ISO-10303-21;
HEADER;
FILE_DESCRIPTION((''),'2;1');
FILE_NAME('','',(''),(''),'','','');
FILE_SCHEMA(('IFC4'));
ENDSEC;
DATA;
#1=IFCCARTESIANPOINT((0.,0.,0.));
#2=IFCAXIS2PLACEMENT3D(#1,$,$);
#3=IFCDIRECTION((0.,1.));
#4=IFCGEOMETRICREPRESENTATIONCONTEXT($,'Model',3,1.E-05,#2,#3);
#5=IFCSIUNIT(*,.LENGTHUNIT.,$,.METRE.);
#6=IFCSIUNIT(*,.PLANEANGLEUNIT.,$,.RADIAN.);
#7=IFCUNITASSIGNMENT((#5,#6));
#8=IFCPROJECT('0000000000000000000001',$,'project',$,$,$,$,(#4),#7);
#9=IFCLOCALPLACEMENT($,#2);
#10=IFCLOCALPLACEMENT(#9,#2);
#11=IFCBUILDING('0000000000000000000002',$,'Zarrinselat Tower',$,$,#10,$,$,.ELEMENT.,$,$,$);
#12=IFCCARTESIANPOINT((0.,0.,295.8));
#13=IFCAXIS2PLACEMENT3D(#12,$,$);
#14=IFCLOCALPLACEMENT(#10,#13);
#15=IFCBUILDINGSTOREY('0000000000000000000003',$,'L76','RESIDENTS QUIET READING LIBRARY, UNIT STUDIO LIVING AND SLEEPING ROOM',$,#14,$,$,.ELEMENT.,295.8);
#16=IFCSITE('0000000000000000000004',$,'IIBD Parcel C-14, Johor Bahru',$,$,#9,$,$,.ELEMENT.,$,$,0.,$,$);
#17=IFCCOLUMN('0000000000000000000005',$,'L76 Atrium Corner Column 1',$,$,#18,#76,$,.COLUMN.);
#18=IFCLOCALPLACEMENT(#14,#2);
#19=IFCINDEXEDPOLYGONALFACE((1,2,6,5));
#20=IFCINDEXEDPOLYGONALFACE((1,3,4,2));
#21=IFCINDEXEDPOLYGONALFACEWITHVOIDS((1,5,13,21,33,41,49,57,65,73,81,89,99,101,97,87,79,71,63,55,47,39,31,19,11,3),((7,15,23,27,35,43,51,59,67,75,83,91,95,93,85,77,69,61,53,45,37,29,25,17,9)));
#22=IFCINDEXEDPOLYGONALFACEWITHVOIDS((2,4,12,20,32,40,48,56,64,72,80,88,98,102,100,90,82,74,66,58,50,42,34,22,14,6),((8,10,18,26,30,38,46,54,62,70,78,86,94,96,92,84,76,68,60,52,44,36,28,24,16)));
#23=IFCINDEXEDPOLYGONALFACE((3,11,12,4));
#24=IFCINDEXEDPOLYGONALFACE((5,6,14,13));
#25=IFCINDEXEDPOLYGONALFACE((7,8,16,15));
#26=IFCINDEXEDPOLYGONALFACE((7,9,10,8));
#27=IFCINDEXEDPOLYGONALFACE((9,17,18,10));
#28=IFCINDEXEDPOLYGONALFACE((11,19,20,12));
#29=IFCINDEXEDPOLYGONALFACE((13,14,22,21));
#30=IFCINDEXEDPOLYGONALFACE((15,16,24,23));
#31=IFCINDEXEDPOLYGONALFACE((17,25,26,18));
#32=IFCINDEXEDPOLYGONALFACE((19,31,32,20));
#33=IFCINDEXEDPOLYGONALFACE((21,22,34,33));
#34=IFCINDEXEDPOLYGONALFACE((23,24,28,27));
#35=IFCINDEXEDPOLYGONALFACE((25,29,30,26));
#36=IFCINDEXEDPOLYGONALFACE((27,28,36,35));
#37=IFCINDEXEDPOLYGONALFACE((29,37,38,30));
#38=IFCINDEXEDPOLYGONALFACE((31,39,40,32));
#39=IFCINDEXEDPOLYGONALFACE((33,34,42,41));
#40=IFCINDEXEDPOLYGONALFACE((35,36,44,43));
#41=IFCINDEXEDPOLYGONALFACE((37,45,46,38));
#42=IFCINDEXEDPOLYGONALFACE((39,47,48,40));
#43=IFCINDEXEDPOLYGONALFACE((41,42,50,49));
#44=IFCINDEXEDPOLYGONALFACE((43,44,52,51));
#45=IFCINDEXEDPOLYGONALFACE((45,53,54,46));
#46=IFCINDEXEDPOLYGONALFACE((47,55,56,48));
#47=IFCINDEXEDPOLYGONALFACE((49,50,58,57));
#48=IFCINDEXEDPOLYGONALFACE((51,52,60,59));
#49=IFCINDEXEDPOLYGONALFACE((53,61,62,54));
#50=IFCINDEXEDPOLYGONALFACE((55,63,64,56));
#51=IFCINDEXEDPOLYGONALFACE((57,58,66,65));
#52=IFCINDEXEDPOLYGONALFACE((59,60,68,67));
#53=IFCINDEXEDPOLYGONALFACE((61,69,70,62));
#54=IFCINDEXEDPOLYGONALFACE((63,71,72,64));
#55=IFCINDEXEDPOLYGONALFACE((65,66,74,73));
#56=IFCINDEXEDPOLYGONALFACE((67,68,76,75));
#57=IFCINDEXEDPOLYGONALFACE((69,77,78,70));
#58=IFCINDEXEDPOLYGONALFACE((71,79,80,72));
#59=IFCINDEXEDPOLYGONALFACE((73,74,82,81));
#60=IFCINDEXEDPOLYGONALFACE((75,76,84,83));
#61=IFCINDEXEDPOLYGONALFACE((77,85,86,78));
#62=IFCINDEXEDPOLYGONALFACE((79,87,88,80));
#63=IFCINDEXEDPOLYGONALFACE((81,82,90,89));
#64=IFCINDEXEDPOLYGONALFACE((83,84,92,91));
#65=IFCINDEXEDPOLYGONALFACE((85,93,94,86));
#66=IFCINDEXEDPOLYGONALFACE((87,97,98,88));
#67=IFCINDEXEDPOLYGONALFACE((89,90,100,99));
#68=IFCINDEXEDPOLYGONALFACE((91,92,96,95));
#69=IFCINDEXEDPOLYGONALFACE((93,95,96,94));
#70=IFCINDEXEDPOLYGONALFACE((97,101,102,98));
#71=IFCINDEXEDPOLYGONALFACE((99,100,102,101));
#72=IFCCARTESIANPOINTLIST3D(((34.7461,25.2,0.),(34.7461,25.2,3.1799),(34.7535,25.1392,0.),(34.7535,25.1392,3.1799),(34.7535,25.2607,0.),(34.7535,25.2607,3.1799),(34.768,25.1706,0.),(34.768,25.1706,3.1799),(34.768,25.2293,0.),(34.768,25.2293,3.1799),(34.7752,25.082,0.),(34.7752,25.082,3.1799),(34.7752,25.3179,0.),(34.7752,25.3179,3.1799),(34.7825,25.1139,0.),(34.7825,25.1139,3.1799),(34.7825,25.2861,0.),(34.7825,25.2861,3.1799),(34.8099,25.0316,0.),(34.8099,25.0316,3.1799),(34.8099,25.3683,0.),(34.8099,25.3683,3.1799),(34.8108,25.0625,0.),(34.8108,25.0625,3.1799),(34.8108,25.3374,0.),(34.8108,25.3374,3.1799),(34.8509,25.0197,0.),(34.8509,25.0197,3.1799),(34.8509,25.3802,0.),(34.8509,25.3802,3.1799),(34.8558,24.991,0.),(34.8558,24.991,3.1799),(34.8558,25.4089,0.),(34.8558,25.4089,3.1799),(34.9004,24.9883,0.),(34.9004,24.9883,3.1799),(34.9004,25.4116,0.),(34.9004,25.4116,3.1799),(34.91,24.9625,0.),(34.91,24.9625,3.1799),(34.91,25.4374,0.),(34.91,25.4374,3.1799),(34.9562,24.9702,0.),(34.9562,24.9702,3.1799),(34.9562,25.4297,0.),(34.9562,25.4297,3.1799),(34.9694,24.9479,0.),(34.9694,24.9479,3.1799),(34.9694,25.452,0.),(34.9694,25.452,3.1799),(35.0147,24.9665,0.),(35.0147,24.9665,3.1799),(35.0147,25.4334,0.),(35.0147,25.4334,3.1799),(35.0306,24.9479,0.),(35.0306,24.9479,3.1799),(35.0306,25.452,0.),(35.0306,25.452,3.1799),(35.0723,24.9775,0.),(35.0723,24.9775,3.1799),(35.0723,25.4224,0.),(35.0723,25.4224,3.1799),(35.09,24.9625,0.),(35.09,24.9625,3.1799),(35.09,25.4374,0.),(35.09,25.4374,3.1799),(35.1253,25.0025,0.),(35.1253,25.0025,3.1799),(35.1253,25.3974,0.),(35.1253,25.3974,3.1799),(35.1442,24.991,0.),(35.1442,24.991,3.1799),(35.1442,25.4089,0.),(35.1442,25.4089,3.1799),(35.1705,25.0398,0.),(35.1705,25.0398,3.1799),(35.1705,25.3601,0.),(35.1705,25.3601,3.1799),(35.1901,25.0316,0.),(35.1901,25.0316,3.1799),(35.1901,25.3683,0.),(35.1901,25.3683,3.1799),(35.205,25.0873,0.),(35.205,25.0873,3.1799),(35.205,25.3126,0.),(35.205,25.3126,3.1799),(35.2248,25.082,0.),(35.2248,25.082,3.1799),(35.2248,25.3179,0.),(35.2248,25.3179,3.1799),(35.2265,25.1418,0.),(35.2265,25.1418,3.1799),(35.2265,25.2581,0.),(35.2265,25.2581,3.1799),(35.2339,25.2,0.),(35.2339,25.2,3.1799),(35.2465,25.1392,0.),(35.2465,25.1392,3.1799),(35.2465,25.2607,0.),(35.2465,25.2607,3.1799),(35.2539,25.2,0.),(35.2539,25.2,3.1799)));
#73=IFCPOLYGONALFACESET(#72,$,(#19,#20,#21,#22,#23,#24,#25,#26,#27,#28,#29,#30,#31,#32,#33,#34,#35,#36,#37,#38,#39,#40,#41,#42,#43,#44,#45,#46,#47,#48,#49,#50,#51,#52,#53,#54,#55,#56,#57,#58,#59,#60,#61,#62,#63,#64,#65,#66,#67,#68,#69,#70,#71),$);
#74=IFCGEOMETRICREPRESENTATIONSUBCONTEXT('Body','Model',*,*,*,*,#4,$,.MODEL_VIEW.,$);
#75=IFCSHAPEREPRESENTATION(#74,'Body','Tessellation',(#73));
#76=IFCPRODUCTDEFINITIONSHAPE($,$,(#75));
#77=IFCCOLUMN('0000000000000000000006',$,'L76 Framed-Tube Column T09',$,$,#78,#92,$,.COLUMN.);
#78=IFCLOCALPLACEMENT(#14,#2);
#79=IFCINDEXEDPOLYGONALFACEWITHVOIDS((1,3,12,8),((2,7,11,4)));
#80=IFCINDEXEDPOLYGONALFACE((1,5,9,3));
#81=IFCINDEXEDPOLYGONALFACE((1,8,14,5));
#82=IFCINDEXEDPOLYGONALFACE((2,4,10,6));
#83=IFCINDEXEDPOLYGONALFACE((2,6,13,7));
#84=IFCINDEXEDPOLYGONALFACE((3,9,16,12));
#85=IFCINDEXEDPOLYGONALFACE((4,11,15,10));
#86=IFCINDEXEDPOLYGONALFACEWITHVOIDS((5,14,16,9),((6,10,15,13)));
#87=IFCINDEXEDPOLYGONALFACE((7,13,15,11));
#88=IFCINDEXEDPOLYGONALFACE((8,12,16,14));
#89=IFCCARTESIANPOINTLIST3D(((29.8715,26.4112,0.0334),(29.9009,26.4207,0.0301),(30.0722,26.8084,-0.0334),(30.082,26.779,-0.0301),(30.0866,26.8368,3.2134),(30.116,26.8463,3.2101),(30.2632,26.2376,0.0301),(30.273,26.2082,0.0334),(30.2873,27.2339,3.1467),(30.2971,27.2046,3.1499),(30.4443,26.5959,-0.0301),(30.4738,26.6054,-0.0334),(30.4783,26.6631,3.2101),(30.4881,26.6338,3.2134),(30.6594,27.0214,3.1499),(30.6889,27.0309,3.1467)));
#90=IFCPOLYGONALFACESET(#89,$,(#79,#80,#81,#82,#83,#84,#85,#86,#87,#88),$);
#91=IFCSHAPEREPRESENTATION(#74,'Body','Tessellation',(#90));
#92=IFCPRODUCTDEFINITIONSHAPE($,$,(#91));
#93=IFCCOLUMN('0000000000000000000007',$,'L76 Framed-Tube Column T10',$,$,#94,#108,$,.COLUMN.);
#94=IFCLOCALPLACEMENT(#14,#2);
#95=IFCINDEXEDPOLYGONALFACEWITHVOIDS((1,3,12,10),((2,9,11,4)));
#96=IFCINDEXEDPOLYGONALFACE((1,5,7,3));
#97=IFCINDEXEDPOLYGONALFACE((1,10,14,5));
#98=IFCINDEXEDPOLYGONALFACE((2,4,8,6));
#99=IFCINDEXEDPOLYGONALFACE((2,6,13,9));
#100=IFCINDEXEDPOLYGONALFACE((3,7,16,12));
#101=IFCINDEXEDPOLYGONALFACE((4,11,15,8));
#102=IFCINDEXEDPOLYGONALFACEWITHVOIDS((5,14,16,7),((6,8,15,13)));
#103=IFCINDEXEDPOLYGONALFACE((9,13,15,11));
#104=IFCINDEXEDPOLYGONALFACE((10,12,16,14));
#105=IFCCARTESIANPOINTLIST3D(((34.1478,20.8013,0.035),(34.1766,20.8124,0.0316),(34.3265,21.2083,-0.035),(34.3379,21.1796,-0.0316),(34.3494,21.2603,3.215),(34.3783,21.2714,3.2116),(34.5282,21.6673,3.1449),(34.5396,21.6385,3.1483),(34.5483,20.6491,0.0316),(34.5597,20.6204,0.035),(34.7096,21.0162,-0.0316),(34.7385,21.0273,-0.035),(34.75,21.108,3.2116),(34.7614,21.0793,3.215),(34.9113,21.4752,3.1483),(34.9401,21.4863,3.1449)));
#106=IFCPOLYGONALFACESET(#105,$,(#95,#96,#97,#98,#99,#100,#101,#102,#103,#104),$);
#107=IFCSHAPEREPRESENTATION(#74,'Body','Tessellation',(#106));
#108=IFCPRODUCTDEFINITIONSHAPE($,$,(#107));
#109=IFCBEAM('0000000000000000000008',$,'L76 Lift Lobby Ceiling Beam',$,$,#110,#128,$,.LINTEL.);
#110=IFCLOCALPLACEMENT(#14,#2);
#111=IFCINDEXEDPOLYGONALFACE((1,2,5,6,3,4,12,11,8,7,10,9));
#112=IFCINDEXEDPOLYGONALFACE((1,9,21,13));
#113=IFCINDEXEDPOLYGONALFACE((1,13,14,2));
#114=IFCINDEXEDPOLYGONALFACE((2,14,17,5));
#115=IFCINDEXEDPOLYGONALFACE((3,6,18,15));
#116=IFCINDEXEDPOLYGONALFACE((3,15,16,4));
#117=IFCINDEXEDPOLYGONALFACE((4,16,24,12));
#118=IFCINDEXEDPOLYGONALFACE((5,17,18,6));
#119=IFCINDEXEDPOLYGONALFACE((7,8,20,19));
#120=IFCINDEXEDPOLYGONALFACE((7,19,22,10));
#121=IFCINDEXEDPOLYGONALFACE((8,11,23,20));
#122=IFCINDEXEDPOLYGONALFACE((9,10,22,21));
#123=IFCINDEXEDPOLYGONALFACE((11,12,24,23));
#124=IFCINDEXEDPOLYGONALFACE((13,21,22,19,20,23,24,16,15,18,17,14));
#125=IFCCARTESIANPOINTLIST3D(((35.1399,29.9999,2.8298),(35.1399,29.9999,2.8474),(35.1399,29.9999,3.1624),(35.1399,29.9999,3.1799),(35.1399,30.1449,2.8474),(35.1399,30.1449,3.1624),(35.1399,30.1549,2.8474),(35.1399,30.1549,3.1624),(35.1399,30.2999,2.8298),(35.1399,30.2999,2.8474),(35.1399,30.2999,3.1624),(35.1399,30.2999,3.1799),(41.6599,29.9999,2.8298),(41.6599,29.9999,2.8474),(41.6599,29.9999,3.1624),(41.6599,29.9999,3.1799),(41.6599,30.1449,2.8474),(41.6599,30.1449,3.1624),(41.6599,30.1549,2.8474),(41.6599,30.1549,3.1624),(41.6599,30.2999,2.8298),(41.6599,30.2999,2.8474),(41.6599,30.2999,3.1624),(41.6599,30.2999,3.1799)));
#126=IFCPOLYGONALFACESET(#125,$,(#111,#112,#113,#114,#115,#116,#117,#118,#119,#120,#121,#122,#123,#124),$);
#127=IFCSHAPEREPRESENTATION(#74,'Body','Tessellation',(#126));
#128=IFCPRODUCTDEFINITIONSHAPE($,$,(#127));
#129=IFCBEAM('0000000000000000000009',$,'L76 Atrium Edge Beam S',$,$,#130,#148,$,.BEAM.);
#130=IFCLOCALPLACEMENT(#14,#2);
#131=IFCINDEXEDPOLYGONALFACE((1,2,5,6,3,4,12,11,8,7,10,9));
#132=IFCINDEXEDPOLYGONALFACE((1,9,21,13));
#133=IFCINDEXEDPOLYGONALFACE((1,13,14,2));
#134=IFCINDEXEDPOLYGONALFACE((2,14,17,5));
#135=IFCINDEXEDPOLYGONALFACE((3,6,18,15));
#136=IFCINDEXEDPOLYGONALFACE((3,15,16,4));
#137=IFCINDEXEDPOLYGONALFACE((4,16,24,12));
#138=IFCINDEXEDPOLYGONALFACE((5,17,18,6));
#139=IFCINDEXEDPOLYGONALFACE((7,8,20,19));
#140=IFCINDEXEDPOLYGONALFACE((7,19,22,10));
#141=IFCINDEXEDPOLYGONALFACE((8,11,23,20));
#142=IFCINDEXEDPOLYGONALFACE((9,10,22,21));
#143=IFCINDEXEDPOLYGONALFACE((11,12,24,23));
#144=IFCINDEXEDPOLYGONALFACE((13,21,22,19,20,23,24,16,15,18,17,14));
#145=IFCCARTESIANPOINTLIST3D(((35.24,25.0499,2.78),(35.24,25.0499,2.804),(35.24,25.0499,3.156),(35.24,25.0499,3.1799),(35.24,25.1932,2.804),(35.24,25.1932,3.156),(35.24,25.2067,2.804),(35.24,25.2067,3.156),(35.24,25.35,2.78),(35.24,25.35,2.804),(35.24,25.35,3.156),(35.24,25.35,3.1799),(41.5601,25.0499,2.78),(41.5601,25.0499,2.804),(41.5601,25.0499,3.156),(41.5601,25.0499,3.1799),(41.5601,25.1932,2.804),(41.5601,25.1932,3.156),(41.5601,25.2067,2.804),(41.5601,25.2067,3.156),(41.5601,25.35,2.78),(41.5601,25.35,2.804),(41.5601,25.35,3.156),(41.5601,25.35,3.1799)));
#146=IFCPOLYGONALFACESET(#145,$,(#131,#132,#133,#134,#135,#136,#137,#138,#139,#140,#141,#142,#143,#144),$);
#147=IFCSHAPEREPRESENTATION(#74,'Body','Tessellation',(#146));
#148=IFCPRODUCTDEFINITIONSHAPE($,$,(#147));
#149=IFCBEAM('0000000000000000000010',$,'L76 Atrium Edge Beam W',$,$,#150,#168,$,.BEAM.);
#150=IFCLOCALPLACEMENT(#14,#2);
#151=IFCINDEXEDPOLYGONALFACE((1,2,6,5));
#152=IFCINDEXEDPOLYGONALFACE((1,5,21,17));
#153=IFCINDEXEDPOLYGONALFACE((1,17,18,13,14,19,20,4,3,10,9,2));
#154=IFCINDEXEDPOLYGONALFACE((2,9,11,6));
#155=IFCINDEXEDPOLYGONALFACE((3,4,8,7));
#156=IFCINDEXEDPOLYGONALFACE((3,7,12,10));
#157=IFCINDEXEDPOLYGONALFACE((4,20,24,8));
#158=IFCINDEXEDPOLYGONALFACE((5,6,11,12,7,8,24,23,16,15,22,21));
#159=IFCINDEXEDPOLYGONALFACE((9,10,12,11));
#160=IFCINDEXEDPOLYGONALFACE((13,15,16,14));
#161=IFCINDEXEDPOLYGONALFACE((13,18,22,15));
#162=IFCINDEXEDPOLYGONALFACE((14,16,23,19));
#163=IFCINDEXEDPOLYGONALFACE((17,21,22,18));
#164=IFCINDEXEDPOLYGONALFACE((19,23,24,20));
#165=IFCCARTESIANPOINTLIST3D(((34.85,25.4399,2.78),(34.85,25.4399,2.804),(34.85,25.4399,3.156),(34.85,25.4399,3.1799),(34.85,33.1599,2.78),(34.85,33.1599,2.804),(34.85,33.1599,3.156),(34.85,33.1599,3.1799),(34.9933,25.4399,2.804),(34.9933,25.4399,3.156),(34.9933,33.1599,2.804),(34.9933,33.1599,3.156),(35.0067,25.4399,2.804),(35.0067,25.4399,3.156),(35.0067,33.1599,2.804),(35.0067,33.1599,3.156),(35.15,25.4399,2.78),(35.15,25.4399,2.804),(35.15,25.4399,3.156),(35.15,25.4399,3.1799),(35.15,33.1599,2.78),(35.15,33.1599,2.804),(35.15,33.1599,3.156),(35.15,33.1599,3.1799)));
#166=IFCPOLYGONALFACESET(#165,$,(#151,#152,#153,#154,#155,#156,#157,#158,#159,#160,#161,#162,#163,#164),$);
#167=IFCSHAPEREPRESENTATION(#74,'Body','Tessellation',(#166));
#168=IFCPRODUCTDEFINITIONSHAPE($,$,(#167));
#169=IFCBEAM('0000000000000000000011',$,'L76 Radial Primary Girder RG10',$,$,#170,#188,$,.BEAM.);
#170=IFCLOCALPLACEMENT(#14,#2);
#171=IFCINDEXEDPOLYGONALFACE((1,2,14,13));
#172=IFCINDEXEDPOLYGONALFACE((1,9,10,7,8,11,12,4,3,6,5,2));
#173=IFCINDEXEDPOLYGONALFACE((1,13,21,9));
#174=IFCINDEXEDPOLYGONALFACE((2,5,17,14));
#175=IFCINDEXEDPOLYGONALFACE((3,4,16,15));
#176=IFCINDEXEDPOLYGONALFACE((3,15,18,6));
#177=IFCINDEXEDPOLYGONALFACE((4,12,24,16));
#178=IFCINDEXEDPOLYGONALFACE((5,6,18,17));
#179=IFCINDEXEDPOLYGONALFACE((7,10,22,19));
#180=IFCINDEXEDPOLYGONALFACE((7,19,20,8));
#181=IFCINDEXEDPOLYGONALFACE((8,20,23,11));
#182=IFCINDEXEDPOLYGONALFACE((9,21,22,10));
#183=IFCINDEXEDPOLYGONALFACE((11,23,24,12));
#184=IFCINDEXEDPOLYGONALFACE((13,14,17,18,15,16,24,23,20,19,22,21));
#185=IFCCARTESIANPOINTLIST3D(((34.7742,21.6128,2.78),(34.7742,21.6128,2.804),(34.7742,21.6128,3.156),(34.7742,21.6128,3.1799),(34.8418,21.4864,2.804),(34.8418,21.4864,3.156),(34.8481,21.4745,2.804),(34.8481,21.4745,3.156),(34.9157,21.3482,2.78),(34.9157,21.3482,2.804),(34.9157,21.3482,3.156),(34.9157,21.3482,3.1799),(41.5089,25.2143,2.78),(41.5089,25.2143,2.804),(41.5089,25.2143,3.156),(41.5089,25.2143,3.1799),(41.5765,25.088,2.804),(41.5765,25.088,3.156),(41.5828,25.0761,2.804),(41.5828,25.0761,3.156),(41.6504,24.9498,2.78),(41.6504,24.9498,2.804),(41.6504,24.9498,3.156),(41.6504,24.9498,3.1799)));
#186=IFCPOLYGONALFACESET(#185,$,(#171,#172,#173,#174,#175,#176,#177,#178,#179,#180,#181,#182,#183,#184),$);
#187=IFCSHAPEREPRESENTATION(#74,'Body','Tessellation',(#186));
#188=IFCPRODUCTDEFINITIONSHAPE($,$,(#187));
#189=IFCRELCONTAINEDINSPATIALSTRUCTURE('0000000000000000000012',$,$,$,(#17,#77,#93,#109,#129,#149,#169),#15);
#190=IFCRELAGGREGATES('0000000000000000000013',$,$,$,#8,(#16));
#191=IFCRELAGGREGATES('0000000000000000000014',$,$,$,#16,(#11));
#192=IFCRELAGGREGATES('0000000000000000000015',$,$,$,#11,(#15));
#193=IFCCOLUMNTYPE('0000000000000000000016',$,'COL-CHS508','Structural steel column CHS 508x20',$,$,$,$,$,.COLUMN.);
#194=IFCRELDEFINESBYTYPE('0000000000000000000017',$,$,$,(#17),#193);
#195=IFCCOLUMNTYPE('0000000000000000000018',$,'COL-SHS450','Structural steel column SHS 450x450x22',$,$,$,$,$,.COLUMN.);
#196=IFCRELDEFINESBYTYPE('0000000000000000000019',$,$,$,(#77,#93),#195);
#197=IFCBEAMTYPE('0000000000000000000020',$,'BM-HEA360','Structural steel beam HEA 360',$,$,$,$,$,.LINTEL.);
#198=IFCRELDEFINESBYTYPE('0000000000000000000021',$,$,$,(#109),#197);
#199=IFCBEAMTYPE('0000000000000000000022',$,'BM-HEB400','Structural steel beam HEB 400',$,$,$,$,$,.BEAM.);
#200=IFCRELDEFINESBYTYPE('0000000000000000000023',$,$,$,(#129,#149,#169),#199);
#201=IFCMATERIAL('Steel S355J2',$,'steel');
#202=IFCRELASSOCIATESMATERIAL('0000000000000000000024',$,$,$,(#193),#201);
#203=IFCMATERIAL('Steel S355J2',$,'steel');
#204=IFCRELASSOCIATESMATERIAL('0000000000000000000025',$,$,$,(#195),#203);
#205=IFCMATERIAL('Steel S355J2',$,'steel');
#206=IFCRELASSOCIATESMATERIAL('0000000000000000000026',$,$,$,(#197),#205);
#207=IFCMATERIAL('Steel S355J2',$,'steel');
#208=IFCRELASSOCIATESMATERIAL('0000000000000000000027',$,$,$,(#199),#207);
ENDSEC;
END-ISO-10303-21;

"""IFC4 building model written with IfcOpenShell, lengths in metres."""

from ifc_helpers import new_model, si_unit, direction, frame, origin, origin_2d, place, context, subcontext, project, spatial, hollow_rectangle, hollow_circle, i_section, extrude, material, material_profile, profile_set, type_object, element, save


model = new_model("IFC4")

# Units and contexts
model_context = context("Model", 3, precision=1e-05, world=origin(), true_north=direction((0.0, 1.0)))
body_context = subcontext(model_context, "Body", "Model", "MODEL_VIEW")
ifc_project = project(units=[si_unit("LENGTHUNIT", "METRE"), si_unit("PLANEANGLEUNIT", "RADIAN")], contexts=[model_context])

# Site, building, storey
site_placement = place(None, origin())
site = spatial("IfcSite", under=ifc_project, at=site_placement, Name="IIBD Parcel C-14, Johor Bahru", CompositionType="ELEMENT", RefElevation=0.0)
building_placement = place(site_placement, origin())
building = spatial("IfcBuilding", under=site, at=building_placement, Name="Zarrinselat Tower", CompositionType="ELEMENT")
storey_placement = place(building_placement, frame((0.0, 0.0, 295.8)))
storey = spatial("IfcBuildingStorey", under=building, at=storey_placement, Name="L76", Description="RESIDENTS QUIET READING LIBRARY, UNIT STUDIO LIVING AND SLEEPING ROOM", CompositionType="ELEMENT", Elevation=295.8)

# Columns
ifc_material_1 = material(Name="Steel S355J2", Category="steel")
ifc_material_profile_1 = material_profile(ifc_material_1, hollow_circle(Radius=0.2539, WallThickness=0.02, at=origin_2d()), Name="CHS 508x20")
ifc_profile_set_1 = profile_set([ifc_material_profile_1], Name="Steel S355J2")
column_type_1 = type_object("IfcColumnType", Name="COL-CHS508", Description="Structural steel column CHS 508x20", PredefinedType="COLUMN", material=ifc_profile_set_1)
column_1_placement = place(storey_placement, frame((35.0, 25.2, 0.0), z_axis=(0.0, 0.0, 1.0), x_axis=(1.0, 0.0, 0.0)))
element("IfcColumn", 1, at=column_1_placement, inside=storey, type_object=column_type_1, Name="L76 Atrium Corner Column 1", PredefinedType="COLUMN", context=body_context, shape_type="SweptSolid", body=[
    extrude(hollow_circle(Radius=0.2539, WallThickness=0.02, at=origin_2d()), origin(), (0.0, 0.0, 1.0), 3.1799),
])
ifc_material_2 = material(Name="Steel S355J2", Category="steel")
ifc_material_profile_2 = material_profile(ifc_material_2, hollow_rectangle(XDim=0.45, YDim=0.45, WallThickness=0.022, at=origin_2d()), Name="SHS 450x450x22")
ifc_profile_set_2 = profile_set([ifc_material_profile_2], Name="Steel S355J2")
column_type_2 = type_object("IfcColumnType", Name="COL-SHS450", Description="Structural steel column SHS 450x450x22", PredefinedType="COLUMN", material=ifc_profile_set_2)
column_2_placement = place(storey_placement, frame((30.1726, 26.5083, 0.0), z_axis=(0.066891, 0.13234, 0.988945), x_axis=(-0.892473, 0.451101, 0.0)))
element("IfcColumn", 2, at=column_2_placement, inside=storey, type_object=column_type_2, Name="L76 Framed-Tube Column T09", PredefinedType="COLUMN", context=body_context, shape_type="SweptSolid", body=[
    extrude(hollow_rectangle(XDim=0.45, YDim=0.45, WallThickness=0.022, at=origin_2d()), origin(), (0.0, 0.0, 1.0), 3.2156),
])
column_3_placement = place(storey_placement, frame((34.4431, 20.9143, 0.0), z_axis=(0.062643, 0.142577, 0.987799), x_axis=(-0.91553, 0.402249, 0.0)))
element("IfcColumn", 3, at=column_3_placement, inside=storey, type_object=column_type_2, Name="L76 Framed-Tube Column T10", PredefinedType="COLUMN", context=body_context, shape_type="SweptSolid", body=[
    extrude(hollow_rectangle(XDim=0.45, YDim=0.45, WallThickness=0.022, at=origin_2d()), origin(), (0.0, 0.0, 1.0), 3.2192),
])

# Beams
ifc_material_3 = material(Name="Steel S355J2", Category="steel")
ifc_material_profile_3 = material_profile(ifc_material_3, i_section(OverallWidth=0.3, OverallDepth=0.3501, WebThickness=0.01, FlangeThickness=0.0176, at=origin_2d()), Name="HEA 360")
ifc_profile_set_3 = profile_set([ifc_material_profile_3], Name="Steel S355J2")
beam_type_1 = type_object("IfcBeamType", Name="BM-HEA360", Description="Structural steel beam HEA 360", PredefinedType="LINTEL", material=ifc_profile_set_3)
beam_1_placement = place(storey_placement, frame((35.1399, 30.1499, 3.0049), z_axis=(1.0, 0.0, 0.0), x_axis=(0.0, 1.0, 0.0)))
element("IfcBeam", 4, at=beam_1_placement, inside=storey, type_object=beam_type_1, Name="L76 Lift Lobby Ceiling Beam", PredefinedType="LINTEL", context=body_context, shape_type="SweptSolid", body=[
    extrude(i_section(OverallWidth=0.3, OverallDepth=0.3501, WebThickness=0.01, FlangeThickness=0.0176, at=origin_2d()), origin(), (0.0, 0.0, 1.0), 6.52),
])
ifc_material_4 = material(Name="Steel S355J2", Category="steel")
ifc_material_profile_4 = material_profile(ifc_material_4, i_section(OverallWidth=0.3, OverallDepth=0.3999, WebThickness=0.0134, FlangeThickness=0.0239, at=origin_2d()), Name="HEB 400")
ifc_profile_set_4 = profile_set([ifc_material_profile_4], Name="Steel S355J2")
beam_type_2 = type_object("IfcBeamType", Name="BM-HEB400", Description="Structural steel beam HEB 400", PredefinedType="BEAM", material=ifc_profile_set_4)
beam_2_placement = place(storey_placement, frame((35.24, 25.2, 2.98), z_axis=(1.0, 0.0, 0.0), x_axis=(0.0, 1.0, 0.0)))
element("IfcBeam", 5, at=beam_2_placement, inside=storey, type_object=beam_type_2, Name="L76 Atrium Edge Beam S", PredefinedType="BEAM", context=body_context, shape_type="SweptSolid", body=[
    extrude(i_section(OverallWidth=0.3, OverallDepth=0.3999, WebThickness=0.0134, FlangeThickness=0.0239, at=origin_2d()), origin(), (0.0, 0.0, 1.0), 6.3201),
])
beam_3_placement = place(storey_placement, frame((35.0, 25.4399, 2.98), z_axis=(0.0, 1.0, 0.0), x_axis=(-1.0, 0.0, 0.0)))
element("IfcBeam", 6, at=beam_3_placement, inside=storey, type_object=beam_type_2, Name="L76 Atrium Edge Beam W", PredefinedType="BEAM", context=body_context, shape_type="SweptSolid", body=[
    extrude(i_section(OverallWidth=0.3, OverallDepth=0.3999, WebThickness=0.0134, FlangeThickness=0.0239, at=origin_2d()), origin(), (0.0, 0.0, 1.0), 7.72),
])
beam_4_placement = place(storey_placement, frame((34.845, 21.4805, 2.98), z_axis=(0.881821, 0.471583, 0.0), x_axis=(-0.471583, 0.881821, 0.0)))
element("IfcBeam", 7, at=beam_4_placement, inside=storey, type_object=beam_type_2, Name="L76 Radial Primary Girder RG10", PredefinedType="BEAM", context=body_context, shape_type="SweptSolid", body=[
    extrude(i_section(OverallWidth=0.3, OverallDepth=0.3999, WebThickness=0.0134, FlangeThickness=0.0239, at=origin_2d()), origin(), (0.0, 0.0, 1.0), 7.6372),
])

save(model, "model.ifc")
